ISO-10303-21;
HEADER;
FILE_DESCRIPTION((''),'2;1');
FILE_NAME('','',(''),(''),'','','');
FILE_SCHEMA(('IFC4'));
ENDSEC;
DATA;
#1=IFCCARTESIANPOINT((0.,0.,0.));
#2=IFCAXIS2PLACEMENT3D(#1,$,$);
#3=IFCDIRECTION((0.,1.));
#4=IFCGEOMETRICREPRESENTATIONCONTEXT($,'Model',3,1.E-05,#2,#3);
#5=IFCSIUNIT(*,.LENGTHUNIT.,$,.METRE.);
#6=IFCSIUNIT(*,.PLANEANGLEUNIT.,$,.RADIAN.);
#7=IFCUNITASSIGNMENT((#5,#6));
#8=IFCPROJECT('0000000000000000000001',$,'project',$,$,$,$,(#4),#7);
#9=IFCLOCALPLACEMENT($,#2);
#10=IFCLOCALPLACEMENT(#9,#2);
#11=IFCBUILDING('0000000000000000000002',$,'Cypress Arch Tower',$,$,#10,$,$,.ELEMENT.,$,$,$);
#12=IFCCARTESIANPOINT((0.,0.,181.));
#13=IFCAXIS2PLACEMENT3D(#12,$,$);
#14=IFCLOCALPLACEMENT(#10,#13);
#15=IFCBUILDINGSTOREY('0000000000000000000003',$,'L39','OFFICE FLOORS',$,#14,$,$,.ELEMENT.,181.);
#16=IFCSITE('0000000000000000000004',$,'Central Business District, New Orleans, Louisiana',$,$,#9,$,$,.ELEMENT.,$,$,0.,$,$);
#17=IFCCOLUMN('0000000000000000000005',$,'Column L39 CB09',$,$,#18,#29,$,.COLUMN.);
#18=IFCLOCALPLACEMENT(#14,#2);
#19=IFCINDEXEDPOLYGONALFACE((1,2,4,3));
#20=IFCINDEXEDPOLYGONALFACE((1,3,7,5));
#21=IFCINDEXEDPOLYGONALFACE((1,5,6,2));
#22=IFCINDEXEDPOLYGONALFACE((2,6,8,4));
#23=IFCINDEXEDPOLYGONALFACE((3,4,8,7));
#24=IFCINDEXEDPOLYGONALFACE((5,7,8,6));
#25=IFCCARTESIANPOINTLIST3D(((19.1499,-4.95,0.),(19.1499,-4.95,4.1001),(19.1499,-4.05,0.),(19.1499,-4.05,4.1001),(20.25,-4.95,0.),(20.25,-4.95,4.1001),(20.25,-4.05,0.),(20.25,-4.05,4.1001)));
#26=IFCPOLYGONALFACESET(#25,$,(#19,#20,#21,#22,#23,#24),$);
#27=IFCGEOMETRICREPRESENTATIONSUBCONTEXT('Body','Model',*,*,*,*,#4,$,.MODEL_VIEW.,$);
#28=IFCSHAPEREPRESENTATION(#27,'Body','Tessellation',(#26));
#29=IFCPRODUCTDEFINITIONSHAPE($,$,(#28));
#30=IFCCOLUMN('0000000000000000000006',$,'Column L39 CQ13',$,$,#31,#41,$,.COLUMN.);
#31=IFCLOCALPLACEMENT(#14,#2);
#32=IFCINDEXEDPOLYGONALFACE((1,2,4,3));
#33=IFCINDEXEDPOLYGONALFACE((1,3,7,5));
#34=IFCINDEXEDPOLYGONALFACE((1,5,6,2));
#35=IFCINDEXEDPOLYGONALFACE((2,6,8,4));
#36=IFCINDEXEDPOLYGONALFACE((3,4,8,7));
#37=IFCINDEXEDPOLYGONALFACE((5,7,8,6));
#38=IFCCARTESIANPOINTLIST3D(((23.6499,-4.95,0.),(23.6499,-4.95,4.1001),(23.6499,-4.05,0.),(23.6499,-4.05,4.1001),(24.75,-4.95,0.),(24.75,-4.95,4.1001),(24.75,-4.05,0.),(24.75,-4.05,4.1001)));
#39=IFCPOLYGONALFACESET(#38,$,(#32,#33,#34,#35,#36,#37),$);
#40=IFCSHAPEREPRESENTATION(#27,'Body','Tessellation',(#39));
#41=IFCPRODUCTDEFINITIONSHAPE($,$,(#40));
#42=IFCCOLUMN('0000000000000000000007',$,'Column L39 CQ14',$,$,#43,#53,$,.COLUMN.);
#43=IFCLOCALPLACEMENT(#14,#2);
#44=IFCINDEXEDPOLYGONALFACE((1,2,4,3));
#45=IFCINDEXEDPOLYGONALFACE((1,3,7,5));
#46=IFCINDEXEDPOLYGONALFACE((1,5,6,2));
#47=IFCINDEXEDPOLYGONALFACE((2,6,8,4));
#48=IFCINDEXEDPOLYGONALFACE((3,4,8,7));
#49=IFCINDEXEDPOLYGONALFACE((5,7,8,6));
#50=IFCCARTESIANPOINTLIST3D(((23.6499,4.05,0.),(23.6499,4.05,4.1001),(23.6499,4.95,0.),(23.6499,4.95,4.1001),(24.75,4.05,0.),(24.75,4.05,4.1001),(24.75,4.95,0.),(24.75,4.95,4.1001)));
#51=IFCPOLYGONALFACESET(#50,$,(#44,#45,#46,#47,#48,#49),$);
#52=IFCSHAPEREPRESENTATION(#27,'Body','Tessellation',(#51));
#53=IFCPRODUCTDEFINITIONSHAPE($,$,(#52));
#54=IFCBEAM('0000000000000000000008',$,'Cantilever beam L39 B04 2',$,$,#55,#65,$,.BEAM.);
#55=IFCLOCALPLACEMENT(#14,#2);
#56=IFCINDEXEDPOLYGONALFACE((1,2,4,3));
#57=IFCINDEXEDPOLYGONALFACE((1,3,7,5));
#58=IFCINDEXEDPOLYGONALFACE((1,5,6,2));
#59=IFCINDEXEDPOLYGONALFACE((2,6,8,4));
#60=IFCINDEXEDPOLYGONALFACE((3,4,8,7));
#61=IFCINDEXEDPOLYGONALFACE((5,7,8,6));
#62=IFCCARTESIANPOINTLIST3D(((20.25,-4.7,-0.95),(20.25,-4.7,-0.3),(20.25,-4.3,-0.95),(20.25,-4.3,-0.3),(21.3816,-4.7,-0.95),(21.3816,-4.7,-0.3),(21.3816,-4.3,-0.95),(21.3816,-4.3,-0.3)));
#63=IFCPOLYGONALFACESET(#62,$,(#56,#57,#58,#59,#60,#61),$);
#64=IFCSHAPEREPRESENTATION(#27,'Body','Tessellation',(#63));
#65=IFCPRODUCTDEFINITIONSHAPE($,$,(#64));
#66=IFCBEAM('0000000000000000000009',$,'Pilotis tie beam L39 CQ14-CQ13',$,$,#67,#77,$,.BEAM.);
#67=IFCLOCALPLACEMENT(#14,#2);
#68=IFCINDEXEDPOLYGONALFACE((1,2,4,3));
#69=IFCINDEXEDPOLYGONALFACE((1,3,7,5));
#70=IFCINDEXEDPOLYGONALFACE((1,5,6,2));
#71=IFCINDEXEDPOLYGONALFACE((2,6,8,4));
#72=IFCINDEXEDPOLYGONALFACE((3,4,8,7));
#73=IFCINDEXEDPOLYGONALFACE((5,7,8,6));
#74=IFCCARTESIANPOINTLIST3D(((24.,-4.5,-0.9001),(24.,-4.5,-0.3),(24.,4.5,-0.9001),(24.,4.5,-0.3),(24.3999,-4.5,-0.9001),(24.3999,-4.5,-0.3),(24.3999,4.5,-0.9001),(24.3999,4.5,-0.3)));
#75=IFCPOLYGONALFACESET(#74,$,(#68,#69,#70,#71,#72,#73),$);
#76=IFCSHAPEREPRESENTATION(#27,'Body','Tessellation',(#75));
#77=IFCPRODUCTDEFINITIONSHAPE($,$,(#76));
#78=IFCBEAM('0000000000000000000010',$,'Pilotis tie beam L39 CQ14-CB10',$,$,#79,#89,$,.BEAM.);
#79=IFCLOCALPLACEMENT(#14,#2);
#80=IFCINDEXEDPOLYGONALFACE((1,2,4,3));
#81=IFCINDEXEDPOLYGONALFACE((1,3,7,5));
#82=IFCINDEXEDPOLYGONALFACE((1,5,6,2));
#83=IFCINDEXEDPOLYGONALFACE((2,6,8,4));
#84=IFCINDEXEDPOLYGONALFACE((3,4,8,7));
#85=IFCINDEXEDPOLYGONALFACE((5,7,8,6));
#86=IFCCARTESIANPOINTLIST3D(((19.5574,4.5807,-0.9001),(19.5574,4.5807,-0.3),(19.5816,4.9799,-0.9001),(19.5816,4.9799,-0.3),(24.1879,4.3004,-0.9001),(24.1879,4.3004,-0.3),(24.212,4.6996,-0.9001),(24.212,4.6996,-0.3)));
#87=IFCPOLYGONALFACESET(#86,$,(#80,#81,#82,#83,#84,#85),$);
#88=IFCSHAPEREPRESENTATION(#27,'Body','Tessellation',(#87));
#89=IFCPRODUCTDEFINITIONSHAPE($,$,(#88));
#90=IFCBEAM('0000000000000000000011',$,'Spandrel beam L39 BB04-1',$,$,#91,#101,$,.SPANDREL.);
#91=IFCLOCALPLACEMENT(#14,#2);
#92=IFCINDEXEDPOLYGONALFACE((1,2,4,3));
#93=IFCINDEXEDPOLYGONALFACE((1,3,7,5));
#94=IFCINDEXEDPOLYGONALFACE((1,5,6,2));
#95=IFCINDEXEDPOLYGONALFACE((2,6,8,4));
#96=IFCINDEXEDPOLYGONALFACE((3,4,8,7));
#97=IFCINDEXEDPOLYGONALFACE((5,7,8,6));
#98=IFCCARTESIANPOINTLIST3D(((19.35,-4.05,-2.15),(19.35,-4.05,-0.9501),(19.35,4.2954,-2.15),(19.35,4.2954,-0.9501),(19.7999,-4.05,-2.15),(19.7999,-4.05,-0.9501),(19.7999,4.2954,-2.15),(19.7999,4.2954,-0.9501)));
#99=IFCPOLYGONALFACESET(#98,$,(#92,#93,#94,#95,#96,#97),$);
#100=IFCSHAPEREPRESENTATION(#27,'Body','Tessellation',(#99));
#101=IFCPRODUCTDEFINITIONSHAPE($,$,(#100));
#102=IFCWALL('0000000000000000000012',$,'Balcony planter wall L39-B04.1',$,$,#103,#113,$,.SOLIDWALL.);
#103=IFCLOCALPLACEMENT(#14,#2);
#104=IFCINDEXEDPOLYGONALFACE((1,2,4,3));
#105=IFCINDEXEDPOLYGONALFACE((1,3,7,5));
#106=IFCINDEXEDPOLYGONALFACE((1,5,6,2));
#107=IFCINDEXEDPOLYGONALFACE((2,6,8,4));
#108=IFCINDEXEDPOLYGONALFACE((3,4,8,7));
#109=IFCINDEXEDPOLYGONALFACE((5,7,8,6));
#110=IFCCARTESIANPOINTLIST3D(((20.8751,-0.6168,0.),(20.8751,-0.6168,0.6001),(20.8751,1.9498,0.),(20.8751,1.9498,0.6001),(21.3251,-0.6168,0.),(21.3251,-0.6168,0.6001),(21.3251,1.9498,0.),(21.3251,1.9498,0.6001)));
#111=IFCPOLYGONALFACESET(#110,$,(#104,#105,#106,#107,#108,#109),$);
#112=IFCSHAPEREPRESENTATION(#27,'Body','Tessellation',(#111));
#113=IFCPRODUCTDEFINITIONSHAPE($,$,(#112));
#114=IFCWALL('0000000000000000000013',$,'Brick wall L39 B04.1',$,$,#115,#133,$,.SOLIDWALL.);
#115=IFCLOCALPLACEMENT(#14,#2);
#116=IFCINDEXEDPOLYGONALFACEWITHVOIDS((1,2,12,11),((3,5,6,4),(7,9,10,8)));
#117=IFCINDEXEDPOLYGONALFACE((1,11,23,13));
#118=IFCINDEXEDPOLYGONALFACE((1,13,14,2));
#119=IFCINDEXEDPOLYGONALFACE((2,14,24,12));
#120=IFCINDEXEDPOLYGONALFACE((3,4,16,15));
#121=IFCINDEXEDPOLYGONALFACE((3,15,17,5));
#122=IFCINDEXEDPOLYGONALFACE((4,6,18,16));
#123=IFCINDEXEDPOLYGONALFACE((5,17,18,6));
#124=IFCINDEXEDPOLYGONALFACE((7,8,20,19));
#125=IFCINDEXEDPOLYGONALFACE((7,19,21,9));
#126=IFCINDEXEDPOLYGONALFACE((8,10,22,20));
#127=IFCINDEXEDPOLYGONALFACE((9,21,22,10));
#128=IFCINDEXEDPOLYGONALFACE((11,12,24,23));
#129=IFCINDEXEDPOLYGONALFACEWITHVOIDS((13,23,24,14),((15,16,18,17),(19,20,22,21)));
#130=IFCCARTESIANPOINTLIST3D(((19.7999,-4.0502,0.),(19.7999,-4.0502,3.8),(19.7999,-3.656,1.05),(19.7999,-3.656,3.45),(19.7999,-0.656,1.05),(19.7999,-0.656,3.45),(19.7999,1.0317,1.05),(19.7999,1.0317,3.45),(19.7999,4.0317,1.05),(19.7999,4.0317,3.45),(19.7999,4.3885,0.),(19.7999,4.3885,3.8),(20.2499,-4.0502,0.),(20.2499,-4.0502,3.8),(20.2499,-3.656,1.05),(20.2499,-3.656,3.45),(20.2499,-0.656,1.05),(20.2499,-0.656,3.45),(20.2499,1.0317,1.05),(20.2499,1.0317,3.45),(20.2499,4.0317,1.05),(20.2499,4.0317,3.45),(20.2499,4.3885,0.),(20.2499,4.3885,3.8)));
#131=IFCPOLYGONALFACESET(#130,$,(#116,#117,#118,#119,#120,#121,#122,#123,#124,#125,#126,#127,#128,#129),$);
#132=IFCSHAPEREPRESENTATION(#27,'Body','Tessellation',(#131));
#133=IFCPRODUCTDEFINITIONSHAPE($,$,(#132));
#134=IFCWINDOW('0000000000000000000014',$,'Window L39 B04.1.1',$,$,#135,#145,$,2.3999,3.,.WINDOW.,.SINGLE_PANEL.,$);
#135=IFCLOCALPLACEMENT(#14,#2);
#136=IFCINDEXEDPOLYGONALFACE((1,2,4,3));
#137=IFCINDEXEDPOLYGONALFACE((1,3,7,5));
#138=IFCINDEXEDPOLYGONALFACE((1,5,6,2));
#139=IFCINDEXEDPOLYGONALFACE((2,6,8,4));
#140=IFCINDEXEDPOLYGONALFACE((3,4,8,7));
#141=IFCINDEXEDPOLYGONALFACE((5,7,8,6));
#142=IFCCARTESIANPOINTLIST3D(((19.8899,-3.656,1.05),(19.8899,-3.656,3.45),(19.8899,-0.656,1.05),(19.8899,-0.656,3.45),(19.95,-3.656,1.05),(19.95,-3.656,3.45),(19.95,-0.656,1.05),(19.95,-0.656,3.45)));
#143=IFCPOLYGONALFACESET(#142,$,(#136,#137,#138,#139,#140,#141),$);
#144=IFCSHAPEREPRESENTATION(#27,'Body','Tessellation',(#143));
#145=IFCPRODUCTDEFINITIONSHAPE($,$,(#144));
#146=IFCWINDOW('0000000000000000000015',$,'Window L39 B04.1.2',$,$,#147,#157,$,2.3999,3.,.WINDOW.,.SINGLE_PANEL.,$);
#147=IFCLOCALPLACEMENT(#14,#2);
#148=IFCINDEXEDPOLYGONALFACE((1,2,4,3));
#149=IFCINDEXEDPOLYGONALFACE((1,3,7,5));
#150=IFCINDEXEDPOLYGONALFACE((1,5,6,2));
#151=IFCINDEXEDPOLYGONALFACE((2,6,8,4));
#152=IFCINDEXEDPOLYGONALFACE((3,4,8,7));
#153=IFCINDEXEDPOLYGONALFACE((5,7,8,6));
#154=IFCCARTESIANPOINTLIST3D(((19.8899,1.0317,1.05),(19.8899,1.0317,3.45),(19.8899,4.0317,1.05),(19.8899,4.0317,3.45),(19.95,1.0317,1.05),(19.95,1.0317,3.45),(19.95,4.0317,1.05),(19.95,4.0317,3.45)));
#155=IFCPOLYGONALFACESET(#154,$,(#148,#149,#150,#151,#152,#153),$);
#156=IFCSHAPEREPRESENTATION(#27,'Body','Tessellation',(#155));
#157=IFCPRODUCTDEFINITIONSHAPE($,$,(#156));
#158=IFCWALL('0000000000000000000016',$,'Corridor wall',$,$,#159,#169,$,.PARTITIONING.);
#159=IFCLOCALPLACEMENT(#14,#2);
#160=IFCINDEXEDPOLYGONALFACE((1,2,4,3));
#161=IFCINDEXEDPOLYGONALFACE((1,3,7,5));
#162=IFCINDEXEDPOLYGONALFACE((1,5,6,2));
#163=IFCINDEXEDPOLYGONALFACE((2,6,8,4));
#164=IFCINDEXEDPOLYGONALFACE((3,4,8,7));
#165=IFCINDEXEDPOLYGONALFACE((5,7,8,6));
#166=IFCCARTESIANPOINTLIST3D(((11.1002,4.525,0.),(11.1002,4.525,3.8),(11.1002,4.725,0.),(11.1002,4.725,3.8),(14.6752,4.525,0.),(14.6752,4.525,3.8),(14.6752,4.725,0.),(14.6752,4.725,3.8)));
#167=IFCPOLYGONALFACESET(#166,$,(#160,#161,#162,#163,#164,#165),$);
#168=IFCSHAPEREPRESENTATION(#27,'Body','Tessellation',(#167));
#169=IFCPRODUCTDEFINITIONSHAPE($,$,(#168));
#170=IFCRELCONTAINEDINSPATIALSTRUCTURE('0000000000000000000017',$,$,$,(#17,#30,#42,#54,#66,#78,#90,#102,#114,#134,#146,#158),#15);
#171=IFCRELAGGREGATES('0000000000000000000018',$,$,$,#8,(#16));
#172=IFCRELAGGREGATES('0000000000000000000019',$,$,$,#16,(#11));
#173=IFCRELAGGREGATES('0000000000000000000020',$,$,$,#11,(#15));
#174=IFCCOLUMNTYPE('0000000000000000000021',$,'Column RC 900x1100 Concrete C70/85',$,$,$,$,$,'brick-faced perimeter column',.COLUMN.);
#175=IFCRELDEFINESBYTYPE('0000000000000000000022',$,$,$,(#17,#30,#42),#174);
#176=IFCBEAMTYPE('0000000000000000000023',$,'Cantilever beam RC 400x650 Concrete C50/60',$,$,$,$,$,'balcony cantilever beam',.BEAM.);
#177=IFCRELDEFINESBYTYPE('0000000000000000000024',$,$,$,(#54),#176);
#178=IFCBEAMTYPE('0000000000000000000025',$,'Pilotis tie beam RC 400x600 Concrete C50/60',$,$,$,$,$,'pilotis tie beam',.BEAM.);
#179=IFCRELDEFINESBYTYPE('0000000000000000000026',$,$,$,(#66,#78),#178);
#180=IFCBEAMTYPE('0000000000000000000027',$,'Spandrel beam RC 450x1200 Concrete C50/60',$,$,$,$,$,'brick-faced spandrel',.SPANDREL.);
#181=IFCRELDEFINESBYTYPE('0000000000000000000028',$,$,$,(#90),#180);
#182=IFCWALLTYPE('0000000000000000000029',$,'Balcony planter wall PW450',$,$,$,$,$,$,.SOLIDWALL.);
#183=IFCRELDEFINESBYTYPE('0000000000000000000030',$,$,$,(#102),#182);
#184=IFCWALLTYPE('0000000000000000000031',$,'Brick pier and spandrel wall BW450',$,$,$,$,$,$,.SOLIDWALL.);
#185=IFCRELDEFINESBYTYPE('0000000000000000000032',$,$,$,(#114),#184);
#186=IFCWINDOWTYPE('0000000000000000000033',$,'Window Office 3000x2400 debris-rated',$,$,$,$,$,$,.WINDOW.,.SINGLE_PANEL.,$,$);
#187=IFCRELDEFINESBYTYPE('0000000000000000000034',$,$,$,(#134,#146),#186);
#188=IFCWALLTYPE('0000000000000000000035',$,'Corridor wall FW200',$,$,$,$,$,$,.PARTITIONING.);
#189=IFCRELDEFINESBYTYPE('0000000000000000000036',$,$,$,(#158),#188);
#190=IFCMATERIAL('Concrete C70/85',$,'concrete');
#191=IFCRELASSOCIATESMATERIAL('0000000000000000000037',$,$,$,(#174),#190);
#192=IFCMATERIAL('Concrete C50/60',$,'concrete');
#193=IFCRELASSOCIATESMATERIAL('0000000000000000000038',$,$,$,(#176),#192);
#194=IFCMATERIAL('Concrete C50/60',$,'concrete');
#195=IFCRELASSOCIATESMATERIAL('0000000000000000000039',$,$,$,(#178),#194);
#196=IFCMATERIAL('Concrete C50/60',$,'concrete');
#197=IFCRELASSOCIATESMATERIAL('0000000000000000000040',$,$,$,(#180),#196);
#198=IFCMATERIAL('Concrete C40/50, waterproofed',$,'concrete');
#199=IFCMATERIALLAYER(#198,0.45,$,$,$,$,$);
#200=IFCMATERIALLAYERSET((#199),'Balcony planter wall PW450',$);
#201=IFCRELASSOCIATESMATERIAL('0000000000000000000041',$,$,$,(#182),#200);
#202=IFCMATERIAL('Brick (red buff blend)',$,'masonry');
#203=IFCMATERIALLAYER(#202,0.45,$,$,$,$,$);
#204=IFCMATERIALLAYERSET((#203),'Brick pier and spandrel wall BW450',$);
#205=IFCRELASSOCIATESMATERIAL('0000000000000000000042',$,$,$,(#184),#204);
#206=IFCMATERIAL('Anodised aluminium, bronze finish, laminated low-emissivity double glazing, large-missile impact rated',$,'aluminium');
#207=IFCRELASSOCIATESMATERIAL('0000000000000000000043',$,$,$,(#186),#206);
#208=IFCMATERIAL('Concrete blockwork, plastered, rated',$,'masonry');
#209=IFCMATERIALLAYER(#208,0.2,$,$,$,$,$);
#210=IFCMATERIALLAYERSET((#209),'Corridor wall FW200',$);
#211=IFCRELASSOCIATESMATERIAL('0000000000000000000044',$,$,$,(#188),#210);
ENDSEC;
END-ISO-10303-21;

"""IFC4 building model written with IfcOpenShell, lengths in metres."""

from ifc_helpers import new_model, si_unit, direction, frame, frame_2d, origin, origin_2d, place, context, subcontext, project, spatial, rectangle, extrude, material, layer, layer_set, material_profile, profile_set, type_object, element, fill, save


model = new_model("IFC4")

# Units and contexts
model_context = context("Model", 3, precision=1e-05, world=origin(), true_north=direction((0.0, 1.0)))
body_context = subcontext(model_context, "Body", "Model", "MODEL_VIEW")
ifc_project = project(units=[si_unit("LENGTHUNIT", "METRE"), si_unit("PLANEANGLEUNIT", "RADIAN")], contexts=[model_context])

# Site, building, storey
site_placement = place(None, origin())
site = spatial("IfcSite", under=ifc_project, at=site_placement, Name="Central Business District, New Orleans, Louisiana", CompositionType="ELEMENT", RefElevation=0.0)
building_placement = place(site_placement, origin())
building = spatial("IfcBuilding", under=site, at=building_placement, Name="Cypress Arch Tower", CompositionType="ELEMENT")
storey_placement = place(building_placement, frame((0.0, 0.0, 181.0)))
storey = spatial("IfcBuildingStorey", under=building, at=storey_placement, Name="L39", Description="OFFICE FLOORS", CompositionType="ELEMENT", Elevation=181.0)

# Columns
ifc_material_1 = material(Name="Concrete C70/85", Category="concrete")
ifc_material_profile_1 = material_profile(ifc_material_1, rectangle(XDim=0.8999, YDim=1.1001, at=origin_2d()), Name="RC 900x1100")
ifc_profile_set_1 = profile_set([ifc_material_profile_1], Name="Concrete C70/85")
column_type = type_object("IfcColumnType", Name="Column RC 900x1100 Concrete C70/85", ElementType="brick-faced perimeter column", PredefinedType="COLUMN", material=ifc_profile_set_1)
for number, where, z_axis, x_axis, name in (
    (1, (19.7, -4.5, 0.0), (0.0, 0.0, 1.0), (0.0, 1.0, 0.0), "Column L39 CB09"),
    (2, (24.2, -4.5, 0.0), (0.0, 0.0, 1.0), (0.0, 1.0, 0.0), "Column L39 CQ13"),
    (3, (24.2, 4.5, 0.0), (0.0, 0.0, 1.0), (0.0, 1.0, 0.0), "Column L39 CQ14"),
):
    element("IfcColumn", number, at=place(storey_placement, frame(where, z_axis=z_axis, x_axis=x_axis)), inside=storey, type_object=column_type, Name=name, PredefinedType="COLUMN", context=body_context, shape_type="SweptSolid", body=[
        extrude(rectangle(XDim=0.8999, YDim=1.1001, at=origin_2d()), origin(), (0.0, 0.0, 1.0), 4.1001),
    ])

# Beams
ifc_material_2 = material(Name="Concrete C50/60", Category="concrete")
ifc_material_profile_2 = material_profile(ifc_material_2, rectangle(XDim=0.3999, YDim=0.6499, at=origin_2d()), Name="RC 400x650")
ifc_profile_set_2 = profile_set([ifc_material_profile_2], Name="Concrete C50/60")
beam_type_1 = type_object("IfcBeamType", Name="Cantilever beam RC 400x650 Concrete C50/60", ElementType="balcony cantilever beam", PredefinedType="BEAM", material=ifc_profile_set_2)
beam_1_placement = place(storey_placement, frame((20.25, -4.5, -0.625), z_axis=(1.0, 0.0, 0.0), x_axis=(0.0, 1.0, 0.0)))
element("IfcBeam", 4, at=beam_1_placement, inside=storey, type_object=beam_type_1, Name="Cantilever beam L39 B04 2", PredefinedType="BEAM", context=body_context, shape_type="SweptSolid", body=[
    extrude(rectangle(XDim=0.3999, YDim=0.6499, at=origin_2d()), origin(), (0.0, 0.0, 1.0), 1.1316),
])
ifc_material_3 = material(Name="Concrete C50/60", Category="concrete")
ifc_material_profile_3 = material_profile(ifc_material_3, rectangle(XDim=0.3999, YDim=0.6001, at=origin_2d()), Name="RC 400x600")
ifc_profile_set_3 = profile_set([ifc_material_profile_3], Name="Concrete C50/60")
beam_type_2 = type_object("IfcBeamType", Name="Pilotis tie beam RC 400x600 Concrete C50/60", ElementType="pilotis tie beam", PredefinedType="BEAM", material=ifc_profile_set_3)
beam_2_placement = place(storey_placement, frame((24.2, 4.5, -0.6001), z_axis=(0.0, -1.0, 0.0), x_axis=(1.0, 0.0, 0.0)))
element("IfcBeam", 5, at=beam_2_placement, inside=storey, type_object=beam_type_2, Name="Pilotis tie beam L39 CQ14-CQ13", PredefinedType="BEAM", context=body_context, shape_type="SweptSolid", body=[
    extrude(rectangle(XDim=0.3999, YDim=0.6001, at=origin_2d()), origin(), (0.0, 0.0, 1.0), 9.0),
])
beam_3_placement = place(storey_placement, frame((24.2, 4.5, -0.6001), z_axis=(-0.998173, 0.060419, 0.0), x_axis=(-0.060419, -0.998173, 0.0)))
element("IfcBeam", 6, at=beam_3_placement, inside=storey, type_object=beam_type_2, Name="Pilotis tie beam L39 CQ14-CB10", PredefinedType="BEAM", context=body_context, shape_type="SweptSolid", body=[
    extrude(rectangle(XDim=0.3999, YDim=0.6001, at=origin_2d()), origin(), (0.0, 0.0, 1.0), 4.6389),
])
ifc_material_4 = material(Name="Concrete C50/60", Category="concrete")
ifc_material_profile_4 = material_profile(ifc_material_4, rectangle(XDim=0.45, YDim=1.2, at=origin_2d()), Name="RC 450x1200")
ifc_profile_set_4 = profile_set([ifc_material_profile_4], Name="Concrete C50/60")
beam_type_3 = type_object("IfcBeamType", Name="Spandrel beam RC 450x1200 Concrete C50/60", ElementType="brick-faced spandrel", PredefinedType="SPANDREL", material=ifc_profile_set_4)
beam_4_placement = place(storey_placement, frame((19.575, -4.05, -1.55), z_axis=(0.0, 1.0, 0.0), x_axis=(-1.0, 0.0, 0.0)))
element("IfcBeam", 7, at=beam_4_placement, inside=storey, type_object=beam_type_3, Name="Spandrel beam L39 BB04-1", PredefinedType="SPANDREL", context=body_context, shape_type="SweptSolid", body=[
    extrude(rectangle(XDim=0.45, YDim=1.2, at=origin_2d()), origin(), (0.0, 0.0, 1.0), 8.3455),
])

# Wall
ifc_material_5 = material(Name="Concrete C40/50, waterproofed", Category="concrete")
ifc_layer_1 = layer(ifc_material_5, 0.45)
ifc_layer_set_1 = layer_set([ifc_layer_1], Name="Balcony planter wall PW450")
wall_type_1 = type_object("IfcWallType", Name="Balcony planter wall PW450", PredefinedType="SOLIDWALL", material=ifc_layer_set_1)
wall_1_placement = place(storey_placement, frame((21.1001, -0.6167, 0.0), z_axis=(0.0, 0.0, 1.0), x_axis=(0.0, 1.0, 0.0)))
element("IfcWall", 8, at=wall_1_placement, inside=storey, type_object=wall_type_1, Name="Balcony planter wall L39-B04.1", PredefinedType="SOLIDWALL", context=body_context, shape_type="SweptSolid", body=[
    extrude(rectangle(XDim=2.5667, YDim=0.45, at=frame_2d((1.2832, 0.0))), origin(), (0.0, 0.0, 1.0), 0.6001),
])

# Wall, openings, windows
ifc_material_6 = material(Name="Brick (red buff blend)", Category="masonry")
ifc_layer_2 = layer(ifc_material_6, 0.45)
ifc_layer_set_2 = layer_set([ifc_layer_2], Name="Brick pier and spandrel wall BW450")
wall_type_2 = type_object("IfcWallType", Name="Brick pier and spandrel wall BW450", PredefinedType="SOLIDWALL", material=ifc_layer_set_2)
wall_2_placement = place(storey_placement, frame((20.0249, -4.05, 0.0), z_axis=(0.0, 0.0, 1.0), x_axis=(0.0, 1.0, 0.0)))
wall_2 = element("IfcWall", 9, at=wall_2_placement, inside=storey, type_object=wall_type_2, Name="Brick wall L39 B04.1", PredefinedType="SOLIDWALL", context=body_context, shape_type="SweptSolid", body=[
    extrude(rectangle(XDim=8.4387, YDim=0.45, at=frame_2d((4.2192, 0.0))), origin(), (0.0, 0.0, 1.0), 3.8),
])
opening_1_placement = place(wall_2_placement, frame((0.394, 0.0, 1.05)))
opening_1 = element("IfcOpeningElement", 10, at=opening_1_placement, cuts=wall_2, PredefinedType="OPENING", context=body_context, shape_type="SweptSolid", body=[
    extrude(rectangle(XDim=3.0, YDim=2.3999, at=frame_2d((1.5, 1.2))), frame((0.0, 0.2349, 0.0), z_axis=(0.0, -1.0, 0.0), x_axis=(1.0, 0.0, 0.0)), (0.0, 0.0, 1.0), 0.47),
])
opening_2_placement = place(wall_2_placement, frame((5.0818, 0.0, 1.05)))
opening_2 = element("IfcOpeningElement", 11, at=opening_2_placement, cuts=wall_2, PredefinedType="OPENING", context=body_context, shape_type="SweptSolid", body=[
    extrude(rectangle(XDim=3.0, YDim=2.3999, at=frame_2d((1.5, 1.2))), frame((0.0, 0.2349, 0.0), z_axis=(0.0, -1.0, 0.0), x_axis=(1.0, 0.0, 0.0)), (0.0, 0.0, 1.0), 0.47),
])
ifc_material_7 = material(Name="Anodised aluminium, bronze finish, laminated low-emissivity double glazing, large-missile impact rated", Category="aluminium")
window_type = type_object("IfcWindowType", Name="Window Office 3000x2400 debris-rated", PartitioningType="SINGLE_PANEL", PredefinedType="WINDOW", material=ifc_material_7)
window_1_placement = place(opening_1_placement, origin())
window_1 = element("IfcWindow", 12, at=window_1_placement, inside=storey, type_object=window_type, Name="Window L39 B04.1.1", OverallHeight=2.3999, OverallWidth=3.0, PartitioningType="SINGLE_PANEL", PredefinedType="WINDOW", context=body_context, shape_type="SweptSolid", body=[
    extrude(rectangle(XDim=3.0, YDim=2.3999, at=frame_2d((1.5, 1.2))), frame((0.0, 0.135, 0.0), z_axis=(0.0, -1.0, 0.0), x_axis=(1.0, 0.0, 0.0)), (0.0, 0.0, 1.0), 0.0601),
])
fill(opening_1, window_1)
window_2_placement = place(opening_2_placement, origin())
window_2 = element("IfcWindow", 13, at=window_2_placement, inside=storey, type_object=window_type, Name="Window L39 B04.1.2", OverallHeight=2.3999, OverallWidth=3.0, PartitioningType="SINGLE_PANEL", PredefinedType="WINDOW", context=body_context, shape_type="SweptSolid", body=[
    extrude(rectangle(XDim=3.0, YDim=2.3999, at=frame_2d((1.5, 1.2))), frame((0.0, 0.135, 0.0), z_axis=(0.0, -1.0, 0.0), x_axis=(1.0, 0.0, 0.0)), (0.0, 0.0, 1.0), 0.0601),
])
fill(opening_2, window_2)

# Wall
ifc_material_8 = material(Name="Concrete blockwork, plastered, rated", Category="masonry")
ifc_layer_3 = layer(ifc_material_8, 0.2)
ifc_layer_set_3 = layer_set([ifc_layer_3], Name="Corridor wall FW200")
wall_type_3 = type_object("IfcWallType", Name="Corridor wall FW200", PredefinedType="PARTITIONING", material=ifc_layer_set_3)
wall_3_placement = place(storey_placement, frame((11.1001, 4.625, 0.0), z_axis=(0.0, 0.0, 1.0), x_axis=(1.0, 0.0, 0.0)))
element("IfcWall", 14, at=wall_3_placement, inside=storey, type_object=wall_type_3, Name="Corridor wall", PredefinedType="PARTITIONING", context=body_context, shape_type="SweptSolid", body=[
    extrude(rectangle(XDim=3.575, YDim=0.2, at=frame_2d((1.7876, 0.0))), origin(), (0.0, 0.0, 1.0), 3.8),
])

save(model, "model.ifc")
